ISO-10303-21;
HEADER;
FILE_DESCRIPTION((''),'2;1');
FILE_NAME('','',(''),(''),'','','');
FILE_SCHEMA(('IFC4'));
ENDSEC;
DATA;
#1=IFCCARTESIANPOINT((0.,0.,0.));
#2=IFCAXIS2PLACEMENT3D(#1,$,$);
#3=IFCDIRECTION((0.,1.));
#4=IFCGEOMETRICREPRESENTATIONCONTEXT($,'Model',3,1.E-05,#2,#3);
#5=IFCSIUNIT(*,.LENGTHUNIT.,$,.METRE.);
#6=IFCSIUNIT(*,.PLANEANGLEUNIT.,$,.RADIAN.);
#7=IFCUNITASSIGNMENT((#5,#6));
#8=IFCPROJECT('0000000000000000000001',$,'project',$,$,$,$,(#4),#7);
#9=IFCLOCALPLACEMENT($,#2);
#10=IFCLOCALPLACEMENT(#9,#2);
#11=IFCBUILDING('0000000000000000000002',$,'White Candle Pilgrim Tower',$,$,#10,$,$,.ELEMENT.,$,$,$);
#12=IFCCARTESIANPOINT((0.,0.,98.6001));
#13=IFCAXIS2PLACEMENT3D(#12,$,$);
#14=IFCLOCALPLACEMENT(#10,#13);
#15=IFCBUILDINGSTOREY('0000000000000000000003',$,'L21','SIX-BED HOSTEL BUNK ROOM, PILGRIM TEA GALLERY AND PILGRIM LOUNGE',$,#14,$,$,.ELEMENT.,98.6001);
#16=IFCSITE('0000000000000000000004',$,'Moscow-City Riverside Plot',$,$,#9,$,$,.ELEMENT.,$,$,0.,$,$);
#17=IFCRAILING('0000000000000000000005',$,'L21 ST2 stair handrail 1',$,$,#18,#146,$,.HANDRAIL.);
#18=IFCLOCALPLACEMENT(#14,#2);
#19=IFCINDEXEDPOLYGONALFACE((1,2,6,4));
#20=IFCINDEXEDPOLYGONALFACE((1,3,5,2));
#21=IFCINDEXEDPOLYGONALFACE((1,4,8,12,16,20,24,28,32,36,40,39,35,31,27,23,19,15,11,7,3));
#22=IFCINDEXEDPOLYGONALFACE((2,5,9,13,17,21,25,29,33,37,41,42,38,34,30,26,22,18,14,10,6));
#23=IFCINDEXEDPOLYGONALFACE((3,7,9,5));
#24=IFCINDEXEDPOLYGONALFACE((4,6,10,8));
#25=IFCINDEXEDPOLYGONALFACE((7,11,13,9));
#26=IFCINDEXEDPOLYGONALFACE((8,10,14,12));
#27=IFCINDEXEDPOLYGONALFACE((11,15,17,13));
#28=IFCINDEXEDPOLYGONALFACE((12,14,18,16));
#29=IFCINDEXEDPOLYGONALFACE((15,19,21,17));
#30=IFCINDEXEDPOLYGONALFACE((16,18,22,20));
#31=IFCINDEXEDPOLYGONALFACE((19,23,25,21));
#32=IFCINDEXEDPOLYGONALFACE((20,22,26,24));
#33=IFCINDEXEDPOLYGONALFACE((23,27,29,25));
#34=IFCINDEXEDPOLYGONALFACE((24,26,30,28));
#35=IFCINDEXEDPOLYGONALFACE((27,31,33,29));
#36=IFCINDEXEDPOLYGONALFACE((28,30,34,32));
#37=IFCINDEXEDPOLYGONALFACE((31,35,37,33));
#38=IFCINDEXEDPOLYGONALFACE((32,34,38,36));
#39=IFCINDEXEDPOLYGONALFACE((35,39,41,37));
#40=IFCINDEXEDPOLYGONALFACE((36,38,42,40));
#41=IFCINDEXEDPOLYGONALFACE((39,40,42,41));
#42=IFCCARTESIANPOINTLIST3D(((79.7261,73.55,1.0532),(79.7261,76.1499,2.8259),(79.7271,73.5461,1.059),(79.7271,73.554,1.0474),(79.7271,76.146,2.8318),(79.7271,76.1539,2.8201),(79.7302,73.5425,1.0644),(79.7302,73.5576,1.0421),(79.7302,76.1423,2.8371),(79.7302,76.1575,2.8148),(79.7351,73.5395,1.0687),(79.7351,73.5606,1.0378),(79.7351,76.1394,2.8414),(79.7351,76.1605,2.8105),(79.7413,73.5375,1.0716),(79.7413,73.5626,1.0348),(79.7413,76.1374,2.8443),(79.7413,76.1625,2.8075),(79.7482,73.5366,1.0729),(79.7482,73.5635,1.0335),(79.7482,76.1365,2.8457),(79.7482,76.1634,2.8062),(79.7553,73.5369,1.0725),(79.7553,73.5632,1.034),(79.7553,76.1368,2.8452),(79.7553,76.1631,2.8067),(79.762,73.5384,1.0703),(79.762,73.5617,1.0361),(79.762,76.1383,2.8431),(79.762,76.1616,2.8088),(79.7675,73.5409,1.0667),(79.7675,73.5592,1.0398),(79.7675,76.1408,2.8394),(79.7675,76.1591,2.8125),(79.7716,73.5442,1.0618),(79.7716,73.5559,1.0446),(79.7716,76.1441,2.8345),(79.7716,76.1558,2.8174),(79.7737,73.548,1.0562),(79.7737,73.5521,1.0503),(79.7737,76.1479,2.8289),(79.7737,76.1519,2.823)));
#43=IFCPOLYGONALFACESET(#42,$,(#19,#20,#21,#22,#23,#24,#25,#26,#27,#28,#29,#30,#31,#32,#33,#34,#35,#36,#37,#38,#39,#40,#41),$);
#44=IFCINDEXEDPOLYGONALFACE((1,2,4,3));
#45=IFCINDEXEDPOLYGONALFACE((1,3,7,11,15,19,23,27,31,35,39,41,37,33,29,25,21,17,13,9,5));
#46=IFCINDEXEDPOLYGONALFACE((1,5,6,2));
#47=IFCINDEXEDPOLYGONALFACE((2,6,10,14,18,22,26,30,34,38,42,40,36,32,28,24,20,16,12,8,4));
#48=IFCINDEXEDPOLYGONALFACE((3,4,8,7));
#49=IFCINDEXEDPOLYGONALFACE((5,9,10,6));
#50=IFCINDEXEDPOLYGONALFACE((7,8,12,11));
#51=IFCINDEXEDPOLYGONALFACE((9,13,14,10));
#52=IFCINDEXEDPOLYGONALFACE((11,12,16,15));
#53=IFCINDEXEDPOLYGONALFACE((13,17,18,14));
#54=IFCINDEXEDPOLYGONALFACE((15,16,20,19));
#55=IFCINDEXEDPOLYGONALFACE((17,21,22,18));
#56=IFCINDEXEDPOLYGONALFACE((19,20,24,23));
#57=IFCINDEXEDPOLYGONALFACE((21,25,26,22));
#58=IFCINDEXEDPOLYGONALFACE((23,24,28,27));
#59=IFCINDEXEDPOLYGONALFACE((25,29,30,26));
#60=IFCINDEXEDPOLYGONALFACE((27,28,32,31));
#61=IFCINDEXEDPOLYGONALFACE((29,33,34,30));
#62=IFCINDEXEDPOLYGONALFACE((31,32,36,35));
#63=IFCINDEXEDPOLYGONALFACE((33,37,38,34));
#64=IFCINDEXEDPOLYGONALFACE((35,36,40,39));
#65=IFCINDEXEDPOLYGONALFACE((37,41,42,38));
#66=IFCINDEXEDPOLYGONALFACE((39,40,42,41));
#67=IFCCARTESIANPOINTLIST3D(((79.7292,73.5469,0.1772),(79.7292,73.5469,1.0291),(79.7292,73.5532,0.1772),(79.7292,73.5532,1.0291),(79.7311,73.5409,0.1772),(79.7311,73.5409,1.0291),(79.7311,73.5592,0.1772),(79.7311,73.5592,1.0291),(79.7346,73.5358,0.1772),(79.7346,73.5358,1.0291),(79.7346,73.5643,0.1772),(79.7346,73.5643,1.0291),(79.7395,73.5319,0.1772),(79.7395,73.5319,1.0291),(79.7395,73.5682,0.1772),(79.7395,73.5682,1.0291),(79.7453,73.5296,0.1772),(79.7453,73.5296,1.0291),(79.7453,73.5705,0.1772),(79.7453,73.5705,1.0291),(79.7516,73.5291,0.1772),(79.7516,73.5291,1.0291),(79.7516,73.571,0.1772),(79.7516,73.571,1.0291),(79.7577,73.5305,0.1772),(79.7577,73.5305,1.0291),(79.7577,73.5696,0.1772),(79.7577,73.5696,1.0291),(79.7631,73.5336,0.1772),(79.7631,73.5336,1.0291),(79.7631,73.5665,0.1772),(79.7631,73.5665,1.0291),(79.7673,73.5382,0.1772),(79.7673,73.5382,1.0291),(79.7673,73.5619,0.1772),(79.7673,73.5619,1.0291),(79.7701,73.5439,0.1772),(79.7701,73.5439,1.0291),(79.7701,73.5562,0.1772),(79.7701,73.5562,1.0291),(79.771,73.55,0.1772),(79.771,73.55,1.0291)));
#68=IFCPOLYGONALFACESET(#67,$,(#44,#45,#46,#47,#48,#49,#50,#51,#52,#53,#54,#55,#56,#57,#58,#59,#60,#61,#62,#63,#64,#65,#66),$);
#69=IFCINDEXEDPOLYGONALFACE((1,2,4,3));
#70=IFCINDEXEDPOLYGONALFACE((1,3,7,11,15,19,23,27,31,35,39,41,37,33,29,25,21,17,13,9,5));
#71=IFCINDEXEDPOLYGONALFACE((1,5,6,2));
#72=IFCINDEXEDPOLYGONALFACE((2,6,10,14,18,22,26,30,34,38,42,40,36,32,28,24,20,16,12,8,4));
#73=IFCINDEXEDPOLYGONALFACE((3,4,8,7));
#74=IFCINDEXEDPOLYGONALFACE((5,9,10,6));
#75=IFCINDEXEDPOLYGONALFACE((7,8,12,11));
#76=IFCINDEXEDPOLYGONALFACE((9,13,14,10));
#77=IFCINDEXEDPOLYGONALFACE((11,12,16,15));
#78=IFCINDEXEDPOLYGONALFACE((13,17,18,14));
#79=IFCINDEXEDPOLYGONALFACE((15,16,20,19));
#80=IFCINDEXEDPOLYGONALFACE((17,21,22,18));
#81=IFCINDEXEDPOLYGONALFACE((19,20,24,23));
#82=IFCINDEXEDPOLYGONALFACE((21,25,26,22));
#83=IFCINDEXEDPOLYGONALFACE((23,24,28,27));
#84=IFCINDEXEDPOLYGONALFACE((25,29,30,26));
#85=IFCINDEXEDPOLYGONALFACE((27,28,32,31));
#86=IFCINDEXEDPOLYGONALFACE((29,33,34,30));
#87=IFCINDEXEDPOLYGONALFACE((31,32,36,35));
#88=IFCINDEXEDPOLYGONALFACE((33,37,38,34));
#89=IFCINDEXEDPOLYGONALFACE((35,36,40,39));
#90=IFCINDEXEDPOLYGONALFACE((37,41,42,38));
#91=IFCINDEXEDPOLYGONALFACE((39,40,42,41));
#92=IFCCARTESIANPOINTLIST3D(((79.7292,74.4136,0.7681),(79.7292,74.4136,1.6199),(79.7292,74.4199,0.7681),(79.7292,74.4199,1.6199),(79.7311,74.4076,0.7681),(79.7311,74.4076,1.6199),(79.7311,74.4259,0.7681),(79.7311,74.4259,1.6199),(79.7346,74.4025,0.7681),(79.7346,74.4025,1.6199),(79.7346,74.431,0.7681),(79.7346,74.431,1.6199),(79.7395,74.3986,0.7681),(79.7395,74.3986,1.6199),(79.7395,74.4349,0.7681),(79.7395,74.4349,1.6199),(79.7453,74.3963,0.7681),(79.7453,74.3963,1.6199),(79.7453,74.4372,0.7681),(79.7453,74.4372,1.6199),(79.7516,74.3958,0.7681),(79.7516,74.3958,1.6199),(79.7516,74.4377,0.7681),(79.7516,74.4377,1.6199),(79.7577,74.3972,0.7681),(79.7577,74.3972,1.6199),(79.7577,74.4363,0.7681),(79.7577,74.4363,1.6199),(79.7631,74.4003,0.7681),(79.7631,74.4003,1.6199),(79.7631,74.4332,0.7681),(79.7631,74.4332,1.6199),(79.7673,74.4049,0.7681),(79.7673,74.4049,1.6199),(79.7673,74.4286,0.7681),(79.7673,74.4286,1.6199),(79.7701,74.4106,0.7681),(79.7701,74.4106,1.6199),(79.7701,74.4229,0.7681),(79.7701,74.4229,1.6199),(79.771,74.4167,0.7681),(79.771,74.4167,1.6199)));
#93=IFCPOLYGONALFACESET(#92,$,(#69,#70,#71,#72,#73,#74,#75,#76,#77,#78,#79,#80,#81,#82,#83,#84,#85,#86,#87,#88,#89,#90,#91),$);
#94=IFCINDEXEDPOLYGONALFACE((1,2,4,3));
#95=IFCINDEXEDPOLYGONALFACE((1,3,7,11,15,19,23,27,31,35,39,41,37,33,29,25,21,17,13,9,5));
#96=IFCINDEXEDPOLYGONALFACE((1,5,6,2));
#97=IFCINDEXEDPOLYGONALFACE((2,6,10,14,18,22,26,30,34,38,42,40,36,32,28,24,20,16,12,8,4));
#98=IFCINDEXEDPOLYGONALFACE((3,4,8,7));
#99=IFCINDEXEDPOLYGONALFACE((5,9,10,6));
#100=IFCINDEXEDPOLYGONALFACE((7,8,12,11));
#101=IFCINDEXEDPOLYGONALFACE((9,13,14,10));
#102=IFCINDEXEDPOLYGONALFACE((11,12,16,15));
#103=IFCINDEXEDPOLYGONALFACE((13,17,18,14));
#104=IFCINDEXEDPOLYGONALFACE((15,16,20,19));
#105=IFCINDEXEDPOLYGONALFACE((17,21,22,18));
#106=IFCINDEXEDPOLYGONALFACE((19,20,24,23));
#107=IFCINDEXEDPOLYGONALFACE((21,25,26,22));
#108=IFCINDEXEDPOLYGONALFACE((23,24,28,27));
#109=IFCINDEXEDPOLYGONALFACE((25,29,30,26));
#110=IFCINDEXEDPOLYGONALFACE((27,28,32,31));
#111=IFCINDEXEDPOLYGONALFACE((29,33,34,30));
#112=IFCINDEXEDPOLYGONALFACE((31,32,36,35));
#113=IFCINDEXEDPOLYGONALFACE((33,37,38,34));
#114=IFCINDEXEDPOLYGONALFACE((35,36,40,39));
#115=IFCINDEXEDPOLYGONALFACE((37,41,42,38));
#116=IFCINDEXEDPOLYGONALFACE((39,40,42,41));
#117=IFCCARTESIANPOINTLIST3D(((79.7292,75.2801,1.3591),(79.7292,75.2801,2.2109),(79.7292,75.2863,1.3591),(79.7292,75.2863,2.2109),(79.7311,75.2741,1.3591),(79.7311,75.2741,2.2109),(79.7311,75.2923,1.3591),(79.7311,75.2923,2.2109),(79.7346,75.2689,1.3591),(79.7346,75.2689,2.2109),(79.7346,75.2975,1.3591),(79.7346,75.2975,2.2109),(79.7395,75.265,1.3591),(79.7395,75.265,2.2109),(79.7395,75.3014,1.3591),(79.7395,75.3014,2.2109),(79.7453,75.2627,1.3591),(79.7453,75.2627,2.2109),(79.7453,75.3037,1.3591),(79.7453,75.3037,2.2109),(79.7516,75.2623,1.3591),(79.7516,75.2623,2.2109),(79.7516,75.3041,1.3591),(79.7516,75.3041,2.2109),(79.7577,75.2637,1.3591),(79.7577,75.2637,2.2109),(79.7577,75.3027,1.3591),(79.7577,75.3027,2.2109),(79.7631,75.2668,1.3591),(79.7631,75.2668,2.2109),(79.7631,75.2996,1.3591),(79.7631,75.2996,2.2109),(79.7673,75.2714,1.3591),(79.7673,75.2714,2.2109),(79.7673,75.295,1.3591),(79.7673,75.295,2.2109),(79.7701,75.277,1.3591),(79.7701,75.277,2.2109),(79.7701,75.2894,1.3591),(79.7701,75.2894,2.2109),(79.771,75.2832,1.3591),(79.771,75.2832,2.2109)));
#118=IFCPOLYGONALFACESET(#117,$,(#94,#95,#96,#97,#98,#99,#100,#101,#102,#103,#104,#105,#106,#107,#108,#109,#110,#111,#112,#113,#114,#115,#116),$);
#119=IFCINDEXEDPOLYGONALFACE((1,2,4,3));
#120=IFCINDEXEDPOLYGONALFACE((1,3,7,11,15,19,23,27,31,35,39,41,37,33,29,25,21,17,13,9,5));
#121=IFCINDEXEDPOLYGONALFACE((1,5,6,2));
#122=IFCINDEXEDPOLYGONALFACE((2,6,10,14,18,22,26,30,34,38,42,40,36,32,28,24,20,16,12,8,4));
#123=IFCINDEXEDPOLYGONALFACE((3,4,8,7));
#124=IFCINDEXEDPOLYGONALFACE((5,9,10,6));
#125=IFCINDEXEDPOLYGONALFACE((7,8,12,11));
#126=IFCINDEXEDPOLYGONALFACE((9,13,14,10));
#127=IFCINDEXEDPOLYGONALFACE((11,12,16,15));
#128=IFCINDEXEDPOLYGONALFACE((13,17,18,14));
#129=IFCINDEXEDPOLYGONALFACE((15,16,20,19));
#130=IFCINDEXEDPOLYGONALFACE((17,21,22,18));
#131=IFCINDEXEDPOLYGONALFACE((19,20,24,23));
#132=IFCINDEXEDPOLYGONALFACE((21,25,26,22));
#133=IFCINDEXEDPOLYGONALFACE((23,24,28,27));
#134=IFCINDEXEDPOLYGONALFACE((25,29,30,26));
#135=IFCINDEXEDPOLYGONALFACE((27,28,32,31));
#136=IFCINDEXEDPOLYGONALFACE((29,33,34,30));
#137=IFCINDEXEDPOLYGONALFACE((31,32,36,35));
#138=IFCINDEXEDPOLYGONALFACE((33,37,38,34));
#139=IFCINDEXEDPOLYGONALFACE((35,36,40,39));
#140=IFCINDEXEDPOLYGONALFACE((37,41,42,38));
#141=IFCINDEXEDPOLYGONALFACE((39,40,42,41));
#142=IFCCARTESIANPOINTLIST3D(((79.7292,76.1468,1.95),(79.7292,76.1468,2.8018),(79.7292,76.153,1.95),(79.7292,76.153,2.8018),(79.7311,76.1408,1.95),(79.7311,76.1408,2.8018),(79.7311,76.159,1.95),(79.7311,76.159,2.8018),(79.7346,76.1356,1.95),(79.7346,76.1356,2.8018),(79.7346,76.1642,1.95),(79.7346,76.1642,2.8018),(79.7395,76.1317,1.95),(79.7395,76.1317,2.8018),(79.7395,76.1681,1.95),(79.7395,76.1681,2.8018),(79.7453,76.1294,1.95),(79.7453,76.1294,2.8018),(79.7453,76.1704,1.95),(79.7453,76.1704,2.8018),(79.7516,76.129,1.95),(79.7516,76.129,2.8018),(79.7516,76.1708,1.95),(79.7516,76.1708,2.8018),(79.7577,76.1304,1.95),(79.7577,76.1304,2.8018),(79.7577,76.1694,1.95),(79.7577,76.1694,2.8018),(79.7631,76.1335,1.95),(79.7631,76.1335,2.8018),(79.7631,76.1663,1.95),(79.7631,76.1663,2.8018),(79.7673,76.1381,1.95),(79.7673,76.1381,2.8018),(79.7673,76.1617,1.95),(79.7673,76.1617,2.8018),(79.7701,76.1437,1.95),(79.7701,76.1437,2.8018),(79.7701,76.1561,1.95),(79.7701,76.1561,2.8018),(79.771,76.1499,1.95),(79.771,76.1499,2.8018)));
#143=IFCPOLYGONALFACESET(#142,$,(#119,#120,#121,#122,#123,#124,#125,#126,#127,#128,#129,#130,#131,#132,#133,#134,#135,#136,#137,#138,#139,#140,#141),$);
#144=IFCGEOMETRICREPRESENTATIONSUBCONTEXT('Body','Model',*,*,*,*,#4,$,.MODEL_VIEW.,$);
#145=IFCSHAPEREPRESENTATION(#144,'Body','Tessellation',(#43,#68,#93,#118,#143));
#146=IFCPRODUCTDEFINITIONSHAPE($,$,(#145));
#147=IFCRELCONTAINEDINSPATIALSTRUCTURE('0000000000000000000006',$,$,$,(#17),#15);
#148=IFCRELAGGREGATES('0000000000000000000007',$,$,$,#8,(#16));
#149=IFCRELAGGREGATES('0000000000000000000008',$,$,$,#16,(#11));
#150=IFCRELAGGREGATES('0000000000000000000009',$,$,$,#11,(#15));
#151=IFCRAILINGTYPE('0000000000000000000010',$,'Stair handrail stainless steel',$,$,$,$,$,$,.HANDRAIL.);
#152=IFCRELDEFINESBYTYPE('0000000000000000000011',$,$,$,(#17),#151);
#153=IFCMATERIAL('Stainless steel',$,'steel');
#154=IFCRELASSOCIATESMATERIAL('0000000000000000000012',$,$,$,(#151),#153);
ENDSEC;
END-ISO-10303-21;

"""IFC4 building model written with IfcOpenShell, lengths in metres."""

from ifc_helpers import new_model, si_unit, direction, frame, origin, origin_2d, place, context, subcontext, project, spatial, circle, extrude, material, type_object, element, save


model = new_model("IFC4")

# Units and contexts
model_context = context("Model", 3, precision=1e-05, world=origin(), true_north=direction((0.0, 1.0)))
body_context = subcontext(model_context, "Body", "Model", "MODEL_VIEW")
ifc_project = project(units=[si_unit("LENGTHUNIT", "METRE"), si_unit("PLANEANGLEUNIT", "RADIAN")], contexts=[model_context])

# Site, building, storey
site_placement = place(None, origin())
site = spatial("IfcSite", under=ifc_project, at=site_placement, Name="Moscow-City Riverside Plot", CompositionType="ELEMENT", RefElevation=0.0)
building_placement = place(site_placement, origin())
building = spatial("IfcBuilding", under=site, at=building_placement, Name="White Candle Pilgrim Tower", CompositionType="ELEMENT")
storey_placement = place(building_placement, frame((0.0, 0.0, 98.6001)))
storey = spatial("IfcBuildingStorey", under=building, at=storey_placement, Name="L21", Description="SIX-BED HOSTEL BUNK ROOM, PILGRIM TEA GALLERY AND PILGRIM LOUNGE", CompositionType="ELEMENT", Elevation=98.6001)

# Railing
ifc_material_1 = material(Name="Stainless steel", Category="steel")
railing_type_1 = type_object("IfcRailingType", Name="Stair handrail stainless steel", PredefinedType="HANDRAIL", material=ifc_material_1)
railing_1_placement = place(storey_placement, frame((79.75, 73.55, 0.1772)))
element("IfcRailing", 1, at=railing_1_placement, inside=storey, type_object=railing_type_1, Name="L21 ST2 stair handrail 1", PredefinedType="HANDRAIL", context=body_context, shape_type="SweptSolid", body=[
    extrude(circle(Radius=0.0239, at=origin_2d()), frame((0.0, 0.0, 0.876), z_axis=(0.0, 0.826216, 0.563354), x_axis=(-1.0, 0.0, 0.0)), (0.0, 0.0, 1.0), 3.1467),
    extrude(circle(Radius=0.021, at=origin_2d()), origin(), (0.0, 0.0, 1.0), 0.8518),
    extrude(circle(Radius=0.021, at=origin_2d()), frame((0.0, 0.8667, 0.5908)), (0.0, 0.0, 1.0), 0.8518),
    extrude(circle(Radius=0.021, at=origin_2d()), frame((0.0, 1.7332, 1.1819)), (0.0, 0.0, 1.0), 0.8518),
    extrude(circle(Radius=0.021, at=origin_2d()), frame((0.0, 2.5999, 1.7727)), (0.0, 0.0, 1.0), 0.8518),
])

save(model, "model.ifc")
